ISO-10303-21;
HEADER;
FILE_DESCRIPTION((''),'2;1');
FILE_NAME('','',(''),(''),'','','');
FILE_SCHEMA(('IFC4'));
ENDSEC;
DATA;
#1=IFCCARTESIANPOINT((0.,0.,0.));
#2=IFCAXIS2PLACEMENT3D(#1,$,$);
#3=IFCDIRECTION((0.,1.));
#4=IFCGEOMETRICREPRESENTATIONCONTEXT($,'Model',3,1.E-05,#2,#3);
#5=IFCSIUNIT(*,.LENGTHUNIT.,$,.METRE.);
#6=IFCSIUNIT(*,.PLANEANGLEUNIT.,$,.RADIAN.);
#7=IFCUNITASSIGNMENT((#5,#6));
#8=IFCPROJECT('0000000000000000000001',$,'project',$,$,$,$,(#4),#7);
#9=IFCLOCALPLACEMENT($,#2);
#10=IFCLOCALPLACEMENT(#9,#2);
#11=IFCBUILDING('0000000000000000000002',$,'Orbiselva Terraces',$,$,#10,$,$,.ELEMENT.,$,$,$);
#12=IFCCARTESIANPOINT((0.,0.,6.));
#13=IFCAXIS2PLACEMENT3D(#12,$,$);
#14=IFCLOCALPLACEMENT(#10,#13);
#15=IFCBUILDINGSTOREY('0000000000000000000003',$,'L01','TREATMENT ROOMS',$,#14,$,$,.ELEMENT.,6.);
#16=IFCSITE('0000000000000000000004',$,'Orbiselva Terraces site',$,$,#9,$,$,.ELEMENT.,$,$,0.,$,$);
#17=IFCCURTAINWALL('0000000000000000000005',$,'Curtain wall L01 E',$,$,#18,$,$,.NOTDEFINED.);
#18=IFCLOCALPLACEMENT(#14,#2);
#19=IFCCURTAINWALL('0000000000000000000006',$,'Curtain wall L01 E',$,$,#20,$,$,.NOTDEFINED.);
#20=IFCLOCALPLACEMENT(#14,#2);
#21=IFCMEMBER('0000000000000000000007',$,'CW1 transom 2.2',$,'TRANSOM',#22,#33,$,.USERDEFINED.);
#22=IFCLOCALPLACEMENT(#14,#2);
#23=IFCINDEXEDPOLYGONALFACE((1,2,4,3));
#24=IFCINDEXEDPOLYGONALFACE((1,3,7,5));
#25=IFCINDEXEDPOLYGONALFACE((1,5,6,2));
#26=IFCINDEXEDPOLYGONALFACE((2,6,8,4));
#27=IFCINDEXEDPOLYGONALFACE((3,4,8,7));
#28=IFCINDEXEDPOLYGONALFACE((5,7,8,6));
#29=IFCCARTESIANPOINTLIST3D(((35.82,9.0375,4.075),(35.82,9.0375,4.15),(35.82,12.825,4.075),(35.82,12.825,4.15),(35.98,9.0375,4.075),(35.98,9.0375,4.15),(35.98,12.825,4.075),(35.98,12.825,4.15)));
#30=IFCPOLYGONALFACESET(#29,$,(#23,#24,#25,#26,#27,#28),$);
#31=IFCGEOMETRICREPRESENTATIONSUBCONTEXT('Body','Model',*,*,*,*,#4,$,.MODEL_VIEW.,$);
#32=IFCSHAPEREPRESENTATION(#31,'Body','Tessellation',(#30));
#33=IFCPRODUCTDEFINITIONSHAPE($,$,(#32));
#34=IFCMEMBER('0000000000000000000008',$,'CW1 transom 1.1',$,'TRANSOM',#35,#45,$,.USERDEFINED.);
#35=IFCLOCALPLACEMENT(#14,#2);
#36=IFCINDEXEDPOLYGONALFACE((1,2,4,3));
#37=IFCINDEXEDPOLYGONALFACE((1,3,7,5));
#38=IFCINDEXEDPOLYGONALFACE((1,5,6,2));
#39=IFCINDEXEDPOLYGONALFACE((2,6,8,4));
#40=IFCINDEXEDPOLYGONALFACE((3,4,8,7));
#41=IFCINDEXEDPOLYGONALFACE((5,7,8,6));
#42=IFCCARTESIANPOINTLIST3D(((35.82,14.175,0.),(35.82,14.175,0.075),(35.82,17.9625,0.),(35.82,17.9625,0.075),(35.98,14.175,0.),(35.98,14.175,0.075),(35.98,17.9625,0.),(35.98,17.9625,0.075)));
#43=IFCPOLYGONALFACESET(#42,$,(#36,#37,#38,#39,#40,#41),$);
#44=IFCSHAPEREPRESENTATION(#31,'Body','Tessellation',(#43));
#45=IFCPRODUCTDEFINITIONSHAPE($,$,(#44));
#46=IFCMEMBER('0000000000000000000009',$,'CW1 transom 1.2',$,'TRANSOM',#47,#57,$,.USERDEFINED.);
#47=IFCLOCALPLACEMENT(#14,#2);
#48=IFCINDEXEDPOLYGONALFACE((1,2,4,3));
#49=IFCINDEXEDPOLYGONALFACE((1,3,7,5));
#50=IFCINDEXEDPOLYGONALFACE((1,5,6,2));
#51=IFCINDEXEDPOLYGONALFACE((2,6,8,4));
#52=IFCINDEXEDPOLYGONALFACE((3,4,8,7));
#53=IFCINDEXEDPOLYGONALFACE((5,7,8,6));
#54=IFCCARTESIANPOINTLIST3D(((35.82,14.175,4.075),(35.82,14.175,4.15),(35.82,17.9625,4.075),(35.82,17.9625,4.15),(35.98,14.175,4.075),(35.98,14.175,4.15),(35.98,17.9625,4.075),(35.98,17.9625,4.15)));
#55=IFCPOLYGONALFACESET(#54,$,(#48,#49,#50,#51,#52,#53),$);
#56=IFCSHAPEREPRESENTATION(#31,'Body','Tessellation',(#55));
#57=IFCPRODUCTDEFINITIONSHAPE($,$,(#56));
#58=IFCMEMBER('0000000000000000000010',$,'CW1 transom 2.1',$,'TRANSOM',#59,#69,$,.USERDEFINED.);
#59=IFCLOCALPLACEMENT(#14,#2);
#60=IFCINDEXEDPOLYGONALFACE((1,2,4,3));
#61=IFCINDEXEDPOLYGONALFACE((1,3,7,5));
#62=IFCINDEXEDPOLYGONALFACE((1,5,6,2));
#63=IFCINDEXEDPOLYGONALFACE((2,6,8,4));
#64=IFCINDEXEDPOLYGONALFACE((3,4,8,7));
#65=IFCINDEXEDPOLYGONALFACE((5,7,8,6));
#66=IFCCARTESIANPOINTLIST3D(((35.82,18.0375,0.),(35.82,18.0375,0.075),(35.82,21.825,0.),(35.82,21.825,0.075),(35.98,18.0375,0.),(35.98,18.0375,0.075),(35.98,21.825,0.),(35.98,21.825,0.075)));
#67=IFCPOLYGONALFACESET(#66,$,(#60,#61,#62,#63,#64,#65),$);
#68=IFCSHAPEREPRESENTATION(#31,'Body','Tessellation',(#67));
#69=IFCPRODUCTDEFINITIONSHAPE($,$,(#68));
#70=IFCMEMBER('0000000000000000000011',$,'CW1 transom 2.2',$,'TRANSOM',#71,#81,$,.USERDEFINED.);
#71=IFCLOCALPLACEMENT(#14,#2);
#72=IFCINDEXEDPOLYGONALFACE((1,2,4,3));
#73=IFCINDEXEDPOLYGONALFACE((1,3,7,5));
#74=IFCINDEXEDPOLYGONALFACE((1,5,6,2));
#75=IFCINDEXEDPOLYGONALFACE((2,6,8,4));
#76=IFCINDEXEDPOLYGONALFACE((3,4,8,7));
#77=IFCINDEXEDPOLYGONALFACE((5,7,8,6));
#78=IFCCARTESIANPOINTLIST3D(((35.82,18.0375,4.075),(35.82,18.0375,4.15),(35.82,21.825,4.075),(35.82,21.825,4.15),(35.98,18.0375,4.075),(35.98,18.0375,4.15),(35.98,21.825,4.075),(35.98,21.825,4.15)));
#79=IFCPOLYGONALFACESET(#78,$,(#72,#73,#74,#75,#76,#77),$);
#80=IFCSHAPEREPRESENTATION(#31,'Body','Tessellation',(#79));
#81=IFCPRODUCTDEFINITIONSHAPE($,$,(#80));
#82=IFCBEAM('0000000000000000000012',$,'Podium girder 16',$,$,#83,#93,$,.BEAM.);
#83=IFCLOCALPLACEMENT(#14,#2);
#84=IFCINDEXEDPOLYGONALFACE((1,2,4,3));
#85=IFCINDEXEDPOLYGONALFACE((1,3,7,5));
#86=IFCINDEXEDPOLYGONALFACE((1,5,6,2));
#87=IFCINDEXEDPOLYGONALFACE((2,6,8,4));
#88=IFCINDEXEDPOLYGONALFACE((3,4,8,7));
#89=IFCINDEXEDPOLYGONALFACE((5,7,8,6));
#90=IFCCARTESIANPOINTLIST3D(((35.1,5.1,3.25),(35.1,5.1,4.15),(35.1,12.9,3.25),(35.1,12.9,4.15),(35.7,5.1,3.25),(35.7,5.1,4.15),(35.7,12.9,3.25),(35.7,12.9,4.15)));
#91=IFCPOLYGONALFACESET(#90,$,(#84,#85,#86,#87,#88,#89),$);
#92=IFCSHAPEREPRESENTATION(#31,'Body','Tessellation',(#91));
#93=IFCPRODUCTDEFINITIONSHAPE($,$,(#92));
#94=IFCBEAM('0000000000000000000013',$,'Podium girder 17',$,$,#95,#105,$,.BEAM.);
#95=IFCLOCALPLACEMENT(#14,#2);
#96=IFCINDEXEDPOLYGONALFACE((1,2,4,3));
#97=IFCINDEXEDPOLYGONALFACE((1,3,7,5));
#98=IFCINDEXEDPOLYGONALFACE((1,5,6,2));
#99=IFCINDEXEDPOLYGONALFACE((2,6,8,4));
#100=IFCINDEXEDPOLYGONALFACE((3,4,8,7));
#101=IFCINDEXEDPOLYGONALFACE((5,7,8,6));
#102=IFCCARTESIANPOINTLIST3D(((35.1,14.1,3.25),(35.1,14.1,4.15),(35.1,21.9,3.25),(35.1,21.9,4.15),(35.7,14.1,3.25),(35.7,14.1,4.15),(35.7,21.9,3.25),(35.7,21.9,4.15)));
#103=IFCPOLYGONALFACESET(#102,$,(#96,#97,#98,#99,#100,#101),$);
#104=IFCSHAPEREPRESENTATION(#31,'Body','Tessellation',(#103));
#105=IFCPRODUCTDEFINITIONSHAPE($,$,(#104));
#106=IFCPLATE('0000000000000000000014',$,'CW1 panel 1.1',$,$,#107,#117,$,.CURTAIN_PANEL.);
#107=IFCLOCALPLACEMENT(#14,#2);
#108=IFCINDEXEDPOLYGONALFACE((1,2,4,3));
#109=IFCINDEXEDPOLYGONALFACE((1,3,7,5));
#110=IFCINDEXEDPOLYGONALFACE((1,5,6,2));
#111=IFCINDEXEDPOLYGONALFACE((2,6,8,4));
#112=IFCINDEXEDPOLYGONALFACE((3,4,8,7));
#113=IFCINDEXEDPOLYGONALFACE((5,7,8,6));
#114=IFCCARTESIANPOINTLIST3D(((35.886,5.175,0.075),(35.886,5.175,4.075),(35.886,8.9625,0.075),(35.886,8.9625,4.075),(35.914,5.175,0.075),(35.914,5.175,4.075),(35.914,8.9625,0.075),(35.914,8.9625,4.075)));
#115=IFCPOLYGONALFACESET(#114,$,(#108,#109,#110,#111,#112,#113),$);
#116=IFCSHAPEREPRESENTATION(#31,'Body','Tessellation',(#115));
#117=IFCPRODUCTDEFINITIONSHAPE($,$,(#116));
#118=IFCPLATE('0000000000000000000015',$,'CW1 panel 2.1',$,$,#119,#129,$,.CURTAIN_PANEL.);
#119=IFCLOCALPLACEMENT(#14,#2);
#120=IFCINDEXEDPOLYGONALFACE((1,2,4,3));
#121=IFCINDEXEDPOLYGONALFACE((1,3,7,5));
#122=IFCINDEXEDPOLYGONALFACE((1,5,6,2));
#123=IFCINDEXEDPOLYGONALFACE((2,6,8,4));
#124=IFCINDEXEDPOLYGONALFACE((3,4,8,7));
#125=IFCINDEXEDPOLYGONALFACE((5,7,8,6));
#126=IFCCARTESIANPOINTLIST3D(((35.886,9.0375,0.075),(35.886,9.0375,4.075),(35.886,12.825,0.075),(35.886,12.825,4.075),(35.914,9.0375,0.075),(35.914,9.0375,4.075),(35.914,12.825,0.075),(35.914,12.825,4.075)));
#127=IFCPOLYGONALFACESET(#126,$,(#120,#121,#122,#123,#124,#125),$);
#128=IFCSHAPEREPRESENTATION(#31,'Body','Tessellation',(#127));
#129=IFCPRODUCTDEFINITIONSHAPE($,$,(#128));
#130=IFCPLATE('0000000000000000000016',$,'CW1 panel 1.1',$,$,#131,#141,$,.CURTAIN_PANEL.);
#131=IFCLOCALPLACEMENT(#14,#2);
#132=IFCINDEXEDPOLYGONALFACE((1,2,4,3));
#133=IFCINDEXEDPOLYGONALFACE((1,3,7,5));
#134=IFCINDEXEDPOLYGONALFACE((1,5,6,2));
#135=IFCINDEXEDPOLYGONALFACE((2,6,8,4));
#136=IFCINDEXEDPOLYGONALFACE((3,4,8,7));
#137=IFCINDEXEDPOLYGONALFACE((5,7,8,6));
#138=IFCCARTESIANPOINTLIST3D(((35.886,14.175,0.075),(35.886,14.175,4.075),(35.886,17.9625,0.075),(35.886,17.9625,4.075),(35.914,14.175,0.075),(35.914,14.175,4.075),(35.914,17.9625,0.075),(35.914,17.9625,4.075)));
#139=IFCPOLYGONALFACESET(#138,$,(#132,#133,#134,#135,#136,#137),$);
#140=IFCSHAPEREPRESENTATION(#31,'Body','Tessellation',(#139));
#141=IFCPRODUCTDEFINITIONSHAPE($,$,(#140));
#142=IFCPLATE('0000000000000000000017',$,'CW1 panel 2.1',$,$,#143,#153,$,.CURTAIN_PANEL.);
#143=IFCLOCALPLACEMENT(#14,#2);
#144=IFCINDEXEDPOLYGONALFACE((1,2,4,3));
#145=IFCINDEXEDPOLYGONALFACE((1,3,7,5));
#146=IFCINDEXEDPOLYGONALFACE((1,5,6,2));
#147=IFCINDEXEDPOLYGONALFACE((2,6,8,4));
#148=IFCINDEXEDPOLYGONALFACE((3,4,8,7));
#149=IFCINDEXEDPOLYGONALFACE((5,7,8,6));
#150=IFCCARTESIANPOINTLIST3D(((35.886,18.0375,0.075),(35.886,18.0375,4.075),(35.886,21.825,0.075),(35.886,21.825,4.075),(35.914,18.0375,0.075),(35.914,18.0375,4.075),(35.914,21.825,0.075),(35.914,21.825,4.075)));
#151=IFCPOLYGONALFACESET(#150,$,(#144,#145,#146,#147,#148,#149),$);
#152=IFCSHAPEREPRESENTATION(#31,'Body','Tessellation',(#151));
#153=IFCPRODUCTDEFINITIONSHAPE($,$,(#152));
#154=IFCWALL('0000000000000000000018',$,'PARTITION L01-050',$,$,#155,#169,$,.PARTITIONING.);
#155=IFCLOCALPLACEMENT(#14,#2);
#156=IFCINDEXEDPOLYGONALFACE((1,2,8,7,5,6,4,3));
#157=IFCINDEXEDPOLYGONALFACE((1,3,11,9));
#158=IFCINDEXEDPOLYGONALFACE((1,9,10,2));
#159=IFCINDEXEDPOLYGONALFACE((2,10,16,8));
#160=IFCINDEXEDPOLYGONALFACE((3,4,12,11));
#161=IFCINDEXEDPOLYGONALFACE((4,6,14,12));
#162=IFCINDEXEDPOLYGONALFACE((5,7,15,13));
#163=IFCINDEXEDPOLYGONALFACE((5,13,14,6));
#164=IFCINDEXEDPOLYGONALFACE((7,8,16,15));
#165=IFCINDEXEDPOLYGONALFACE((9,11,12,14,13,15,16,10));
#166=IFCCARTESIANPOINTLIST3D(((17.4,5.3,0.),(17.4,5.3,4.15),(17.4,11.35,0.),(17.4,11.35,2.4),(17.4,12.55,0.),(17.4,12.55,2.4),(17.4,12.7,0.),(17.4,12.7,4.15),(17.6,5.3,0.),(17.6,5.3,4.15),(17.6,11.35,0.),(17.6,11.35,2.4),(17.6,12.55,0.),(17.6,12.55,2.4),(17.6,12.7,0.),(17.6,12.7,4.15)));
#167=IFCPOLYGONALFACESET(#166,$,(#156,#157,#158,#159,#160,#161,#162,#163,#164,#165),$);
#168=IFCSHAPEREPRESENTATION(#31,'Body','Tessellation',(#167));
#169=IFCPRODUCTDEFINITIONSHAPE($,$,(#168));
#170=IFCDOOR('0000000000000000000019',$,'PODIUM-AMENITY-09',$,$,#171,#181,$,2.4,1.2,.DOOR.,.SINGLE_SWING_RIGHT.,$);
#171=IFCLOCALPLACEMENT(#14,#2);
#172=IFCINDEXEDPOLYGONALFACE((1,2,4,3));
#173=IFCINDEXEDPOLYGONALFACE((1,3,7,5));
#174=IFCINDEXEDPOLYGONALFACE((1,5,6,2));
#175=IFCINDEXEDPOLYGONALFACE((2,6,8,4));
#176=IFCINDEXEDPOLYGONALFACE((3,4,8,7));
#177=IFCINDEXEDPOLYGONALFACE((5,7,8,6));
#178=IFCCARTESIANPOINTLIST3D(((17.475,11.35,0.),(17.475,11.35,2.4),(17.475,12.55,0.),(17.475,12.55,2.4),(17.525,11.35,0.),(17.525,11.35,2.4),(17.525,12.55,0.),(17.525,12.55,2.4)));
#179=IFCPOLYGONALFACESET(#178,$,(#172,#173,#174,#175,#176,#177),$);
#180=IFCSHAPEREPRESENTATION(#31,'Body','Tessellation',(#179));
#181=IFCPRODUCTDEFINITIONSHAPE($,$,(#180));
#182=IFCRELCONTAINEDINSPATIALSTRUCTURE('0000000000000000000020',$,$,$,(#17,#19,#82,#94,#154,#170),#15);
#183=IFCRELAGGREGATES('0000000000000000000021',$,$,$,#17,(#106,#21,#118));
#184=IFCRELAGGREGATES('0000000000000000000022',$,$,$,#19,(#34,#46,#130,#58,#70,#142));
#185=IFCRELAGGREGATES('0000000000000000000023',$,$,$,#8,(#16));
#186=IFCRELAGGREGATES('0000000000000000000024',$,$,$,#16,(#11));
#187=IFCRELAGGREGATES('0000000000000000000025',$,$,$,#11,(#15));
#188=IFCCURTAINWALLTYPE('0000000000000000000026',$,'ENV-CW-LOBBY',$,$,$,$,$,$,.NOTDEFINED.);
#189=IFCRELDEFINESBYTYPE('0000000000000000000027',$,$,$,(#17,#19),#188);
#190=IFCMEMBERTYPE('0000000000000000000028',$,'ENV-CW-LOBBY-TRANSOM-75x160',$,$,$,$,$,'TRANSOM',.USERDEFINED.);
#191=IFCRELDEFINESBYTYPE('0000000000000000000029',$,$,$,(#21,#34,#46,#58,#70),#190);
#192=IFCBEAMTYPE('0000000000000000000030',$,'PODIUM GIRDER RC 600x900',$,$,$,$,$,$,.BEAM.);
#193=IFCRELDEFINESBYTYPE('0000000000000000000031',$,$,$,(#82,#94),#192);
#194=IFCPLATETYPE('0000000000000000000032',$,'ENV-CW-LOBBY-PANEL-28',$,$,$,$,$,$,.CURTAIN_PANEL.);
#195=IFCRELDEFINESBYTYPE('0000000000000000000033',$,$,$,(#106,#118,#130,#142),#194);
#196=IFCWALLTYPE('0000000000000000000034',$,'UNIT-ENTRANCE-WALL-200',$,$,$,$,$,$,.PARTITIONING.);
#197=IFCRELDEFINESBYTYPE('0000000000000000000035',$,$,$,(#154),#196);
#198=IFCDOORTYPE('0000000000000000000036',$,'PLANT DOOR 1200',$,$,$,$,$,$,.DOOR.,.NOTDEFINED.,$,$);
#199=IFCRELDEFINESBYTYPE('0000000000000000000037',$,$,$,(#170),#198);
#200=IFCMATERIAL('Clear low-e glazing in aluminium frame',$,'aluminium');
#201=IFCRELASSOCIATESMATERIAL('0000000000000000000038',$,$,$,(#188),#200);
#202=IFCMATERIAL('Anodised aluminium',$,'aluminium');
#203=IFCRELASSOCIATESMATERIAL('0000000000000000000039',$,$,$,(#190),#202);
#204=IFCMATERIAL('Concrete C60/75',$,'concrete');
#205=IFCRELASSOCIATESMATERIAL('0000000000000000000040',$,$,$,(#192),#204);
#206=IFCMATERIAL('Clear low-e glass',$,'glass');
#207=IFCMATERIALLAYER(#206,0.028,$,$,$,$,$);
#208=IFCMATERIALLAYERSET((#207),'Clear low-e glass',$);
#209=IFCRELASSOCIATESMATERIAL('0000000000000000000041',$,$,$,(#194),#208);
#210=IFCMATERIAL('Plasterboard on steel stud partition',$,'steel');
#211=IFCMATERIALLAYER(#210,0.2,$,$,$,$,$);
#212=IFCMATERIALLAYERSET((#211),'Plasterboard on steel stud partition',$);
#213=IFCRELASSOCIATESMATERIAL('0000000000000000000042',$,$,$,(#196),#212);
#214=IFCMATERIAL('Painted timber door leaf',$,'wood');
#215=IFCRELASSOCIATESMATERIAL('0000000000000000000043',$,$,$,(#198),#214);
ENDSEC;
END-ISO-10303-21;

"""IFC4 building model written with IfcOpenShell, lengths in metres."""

from ifc_helpers import new_model, si_unit, direction, frame, frame_2d, origin, origin_2d, place, context, subcontext, project, spatial, rectangle, extrude, material, layer, layer_set, material_profile, profile_set, type_object, element, fill, aggregate, save


model = new_model("IFC4")

# Units and contexts
model_context = context("Model", 3, precision=1e-05, world=origin(), true_north=direction((0.0, 1.0)))
body_context = subcontext(model_context, "Body", "Model", "MODEL_VIEW")
ifc_project = project(units=[si_unit("LENGTHUNIT", "METRE"), si_unit("PLANEANGLEUNIT", "RADIAN")], contexts=[model_context])

# Site, building, storey
site_placement = place(None, origin())
site = spatial("IfcSite", under=ifc_project, at=site_placement, Name="Orbiselva Terraces site", CompositionType="ELEMENT", RefElevation=0.0)
building_placement = place(site_placement, origin())
building = spatial("IfcBuilding", under=site, at=building_placement, Name="Orbiselva Terraces", CompositionType="ELEMENT")
storey_placement = place(building_placement, frame((0.0, 0.0, 6.0)))
storey = spatial("IfcBuildingStorey", under=building, at=storey_placement, Name="L01", Description="TREATMENT ROOMS", CompositionType="ELEMENT", Elevation=6.0)

# Shared definitions
ifc_material_1 = material(Name="Concrete C60/75", Category="concrete")

# Curtain walls
ifc_material_2 = material(Name="Clear low-e glazing in aluminium frame", Category="aluminium")
curtain_wall_type = type_object("IfcCurtainWallType", Name="ENV-CW-LOBBY", PredefinedType="NOTDEFINED", material=ifc_material_2)
curtain_wall_1_placement = place(storey_placement, origin())
curtain_wall_1 = element("IfcCurtainWall", 1, at=curtain_wall_1_placement, inside=storey, type_object=curtain_wall_type, Name="Curtain wall L01 E", PredefinedType="NOTDEFINED")
ifc_material_3 = material(Name="Anodised aluminium", Category="aluminium")
curtain_wall_2_placement = place(storey_placement, origin())
curtain_wall_2 = element("IfcCurtainWall", 2, at=curtain_wall_2_placement, inside=storey, type_object=curtain_wall_type, Name="Curtain wall L01 E", PredefinedType="NOTDEFINED")

# Members
ifc_material_profile_1 = material_profile(ifc_material_3, rectangle(XDim=0.16, YDim=0.075, at=origin_2d()), Name="AL 75x160")
ifc_profile_set_1 = profile_set([ifc_material_profile_1], Name="Anodised aluminium")
member_type_1 = type_object("IfcMemberType", Name="ENV-CW-LOBBY-TRANSOM-75x160", ElementType="TRANSOM", PredefinedType="USERDEFINED", material=ifc_profile_set_1)
member_1_placement = place(storey_placement, frame((35.9, 9.0375, 4.1125), z_axis=(0.0, 1.0, 0.0), x_axis=(-1.0, 0.0, 0.0)))
member_1 = element("IfcMember", 3, at=member_1_placement, type_object=member_type_1, Name="CW1 transom 2.2", ObjectType="TRANSOM", PredefinedType="USERDEFINED", context=body_context, shape_type="SweptSolid", body=[
    extrude(rectangle(XDim=0.16, YDim=0.075, at=origin_2d()), origin(), (0.0, 0.0, 1.0), 3.7875),
])
member_2_placement = place(storey_placement, frame((35.9, 14.175, 0.0375), z_axis=(0.0, 1.0, 0.0), x_axis=(-1.0, 0.0, 0.0)))
member_2 = element("IfcMember", 4, at=member_2_placement, type_object=member_type_1, Name="CW1 transom 1.1", ObjectType="TRANSOM", PredefinedType="USERDEFINED", context=body_context, shape_type="SweptSolid", body=[
    extrude(rectangle(XDim=0.16, YDim=0.075, at=origin_2d()), origin(), (0.0, 0.0, 1.0), 3.7875),
])
member_3_placement = place(storey_placement, frame((35.9, 14.175, 4.1125), z_axis=(0.0, 1.0, 0.0), x_axis=(-1.0, 0.0, 0.0)))
member_3 = element("IfcMember", 5, at=member_3_placement, type_object=member_type_1, Name="CW1 transom 1.2", ObjectType="TRANSOM", PredefinedType="USERDEFINED", context=body_context, shape_type="SweptSolid", body=[
    extrude(rectangle(XDim=0.16, YDim=0.075, at=origin_2d()), origin(), (0.0, 0.0, 1.0), 3.7875),
])
member_4_placement = place(storey_placement, frame((35.9, 18.0375, 0.0375), z_axis=(0.0, 1.0, 0.0), x_axis=(-1.0, 0.0, 0.0)))
member_4 = element("IfcMember", 6, at=member_4_placement, type_object=member_type_1, Name="CW1 transom 2.1", ObjectType="TRANSOM", PredefinedType="USERDEFINED", context=body_context, shape_type="SweptSolid", body=[
    extrude(rectangle(XDim=0.16, YDim=0.075, at=origin_2d()), origin(), (0.0, 0.0, 1.0), 3.7875),
])
member_5_placement = place(storey_placement, frame((35.9, 18.0375, 4.1125), z_axis=(0.0, 1.0, 0.0), x_axis=(-1.0, 0.0, 0.0)))
member_5 = element("IfcMember", 7, at=member_5_placement, type_object=member_type_1, Name="CW1 transom 2.2", ObjectType="TRANSOM", PredefinedType="USERDEFINED", context=body_context, shape_type="SweptSolid", body=[
    extrude(rectangle(XDim=0.16, YDim=0.075, at=origin_2d()), origin(), (0.0, 0.0, 1.0), 3.7875),
])

# Beams
ifc_material_profile_2 = material_profile(ifc_material_1, rectangle(XDim=0.6, YDim=0.9, at=origin_2d()), Name="RC 600x900")
ifc_profile_set_2 = profile_set([ifc_material_profile_2], Name="Concrete C60/75")
beam_type = type_object("IfcBeamType", Name="PODIUM GIRDER RC 600x900", PredefinedType="BEAM", material=ifc_profile_set_2)
for number, where, z_axis, x_axis, name in (
    (8, (35.4, 5.1, 3.7), (0.0, 1.0, 0.0), (-1.0, 0.0, 0.0), "Podium girder 16"),
    (9, (35.4, 14.1, 3.7), (0.0, 1.0, 0.0), (-1.0, 0.0, 0.0), "Podium girder 17"),
):
    element("IfcBeam", number, at=place(storey_placement, frame(where, z_axis=z_axis, x_axis=x_axis)), inside=storey, type_object=beam_type, Name=name, PredefinedType="BEAM", context=body_context, shape_type="SweptSolid", body=[
        extrude(rectangle(XDim=0.6, YDim=0.9, at=origin_2d()), origin(), (0.0, 0.0, 1.0), 7.8),
    ])

# Plates
ifc_material_4 = material(Name="Clear low-e glass", Category="glass")
ifc_layer_1 = layer(ifc_material_4, 0.028)
ifc_layer_set_1 = layer_set([ifc_layer_1], Name="Clear low-e glass")
plate_type = type_object("IfcPlateType", Name="ENV-CW-LOBBY-PANEL-28", PredefinedType="CURTAIN_PANEL", material=ifc_layer_set_1)
plate_1_placement = place(storey_placement, frame((35.9, 7.0687, 0.075), z_axis=(0.0, 0.0, 1.0), x_axis=(0.0, 1.0, 0.0)))
plate_1 = element("IfcPlate", 10, at=plate_1_placement, type_object=plate_type, Name="CW1 panel 1.1", PredefinedType="CURTAIN_PANEL", context=body_context, shape_type="SweptSolid", body=[
    extrude(rectangle(XDim=3.7875, YDim=0.028, at=origin_2d()), origin(), (0.0, 0.0, 1.0), 4.0),
])
plate_2_placement = place(storey_placement, frame((35.9, 10.9313, 0.075), z_axis=(0.0, 0.0, 1.0), x_axis=(0.0, 1.0, 0.0)))
plate_2 = element("IfcPlate", 11, at=plate_2_placement, type_object=plate_type, Name="CW1 panel 2.1", PredefinedType="CURTAIN_PANEL", context=body_context, shape_type="SweptSolid", body=[
    extrude(rectangle(XDim=3.7875, YDim=0.028, at=origin_2d()), origin(), (0.0, 0.0, 1.0), 4.0),
])
aggregate(curtain_wall_1, [plate_1, member_1, plate_2])
plate_3_placement = place(storey_placement, frame((35.9, 16.0688, 0.075), z_axis=(0.0, 0.0, 1.0), x_axis=(0.0, 1.0, 0.0)))
plate_3 = element("IfcPlate", 12, at=plate_3_placement, type_object=plate_type, Name="CW1 panel 1.1", PredefinedType="CURTAIN_PANEL", context=body_context, shape_type="SweptSolid", body=[
    extrude(rectangle(XDim=3.7875, YDim=0.028, at=origin_2d()), origin(), (0.0, 0.0, 1.0), 4.0),
])
plate_4_placement = place(storey_placement, frame((35.9, 19.9312, 0.075), z_axis=(0.0, 0.0, 1.0), x_axis=(0.0, 1.0, 0.0)))
plate_4 = element("IfcPlate", 13, at=plate_4_placement, type_object=plate_type, Name="CW1 panel 2.1", PredefinedType="CURTAIN_PANEL", context=body_context, shape_type="SweptSolid", body=[
    extrude(rectangle(XDim=3.7875, YDim=0.028, at=origin_2d()), origin(), (0.0, 0.0, 1.0), 4.0),
])
aggregate(curtain_wall_2, [member_2, member_3, plate_3, member_4, member_5, plate_4])

# Wall, opening, door
ifc_material_5 = material(Name="Plasterboard on steel stud partition", Category="steel")
ifc_layer_2 = layer(ifc_material_5, 0.2)
ifc_layer_set_2 = layer_set([ifc_layer_2], Name="Plasterboard on steel stud partition")
wall_type_1 = type_object("IfcWallType", Name="UNIT-ENTRANCE-WALL-200", PredefinedType="PARTITIONING", material=ifc_layer_set_2)
wall_1_placement = place(storey_placement, frame((17.5, 5.3, 0.0), z_axis=(0.0, 0.0, 1.0), x_axis=(0.0, 1.0, 0.0)))
wall_1 = element("IfcWall", 14, at=wall_1_placement, inside=storey, type_object=wall_type_1, Name="PARTITION L01-050", PredefinedType="PARTITIONING", context=body_context, shape_type="SweptSolid", body=[
    extrude(rectangle(XDim=7.4, YDim=0.2, at=frame_2d((3.7, 0.0))), origin(), (0.0, 0.0, 1.0), 4.15),
])
opening_1_placement = place(wall_1_placement, frame((6.05, 0.0, 0.0)))
opening_1 = element("IfcOpeningElement", 15, at=opening_1_placement, cuts=wall_1, PredefinedType="OPENING", context=body_context, shape_type="SweptSolid", body=[
    extrude(rectangle(XDim=1.2, YDim=2.4, at=frame_2d((0.6, 1.2))), frame((0.0, 0.11, 0.0), z_axis=(0.0, -1.0, 0.0), x_axis=(1.0, 0.0, 0.0)), (0.0, 0.0, 1.0), 0.22),
])
ifc_material_6 = material(Name="Painted timber door leaf", Category="wood")
door_type = type_object("IfcDoorType", Name="PLANT DOOR 1200", OperationType="NOTDEFINED", PredefinedType="DOOR", material=ifc_material_6)
door_1_placement = place(opening_1_placement, origin())
door_1 = element("IfcDoor", 16, at=door_1_placement, inside=storey, type_object=door_type, Name="PODIUM-AMENITY-09", OperationType="SINGLE_SWING_RIGHT", OverallHeight=2.4, OverallWidth=1.2, PredefinedType="DOOR", context=body_context, shape_type="SweptSolid", body=[
    extrude(rectangle(XDim=1.2, YDim=2.4, at=frame_2d((0.6, 1.2))), frame((0.0, 0.025, 0.0), z_axis=(0.0, -1.0, 0.0), x_axis=(1.0, 0.0, 0.0)), (0.0, 0.0, 1.0), 0.05),
])
fill(opening_1, door_1)

save(model, "model.ifc")
